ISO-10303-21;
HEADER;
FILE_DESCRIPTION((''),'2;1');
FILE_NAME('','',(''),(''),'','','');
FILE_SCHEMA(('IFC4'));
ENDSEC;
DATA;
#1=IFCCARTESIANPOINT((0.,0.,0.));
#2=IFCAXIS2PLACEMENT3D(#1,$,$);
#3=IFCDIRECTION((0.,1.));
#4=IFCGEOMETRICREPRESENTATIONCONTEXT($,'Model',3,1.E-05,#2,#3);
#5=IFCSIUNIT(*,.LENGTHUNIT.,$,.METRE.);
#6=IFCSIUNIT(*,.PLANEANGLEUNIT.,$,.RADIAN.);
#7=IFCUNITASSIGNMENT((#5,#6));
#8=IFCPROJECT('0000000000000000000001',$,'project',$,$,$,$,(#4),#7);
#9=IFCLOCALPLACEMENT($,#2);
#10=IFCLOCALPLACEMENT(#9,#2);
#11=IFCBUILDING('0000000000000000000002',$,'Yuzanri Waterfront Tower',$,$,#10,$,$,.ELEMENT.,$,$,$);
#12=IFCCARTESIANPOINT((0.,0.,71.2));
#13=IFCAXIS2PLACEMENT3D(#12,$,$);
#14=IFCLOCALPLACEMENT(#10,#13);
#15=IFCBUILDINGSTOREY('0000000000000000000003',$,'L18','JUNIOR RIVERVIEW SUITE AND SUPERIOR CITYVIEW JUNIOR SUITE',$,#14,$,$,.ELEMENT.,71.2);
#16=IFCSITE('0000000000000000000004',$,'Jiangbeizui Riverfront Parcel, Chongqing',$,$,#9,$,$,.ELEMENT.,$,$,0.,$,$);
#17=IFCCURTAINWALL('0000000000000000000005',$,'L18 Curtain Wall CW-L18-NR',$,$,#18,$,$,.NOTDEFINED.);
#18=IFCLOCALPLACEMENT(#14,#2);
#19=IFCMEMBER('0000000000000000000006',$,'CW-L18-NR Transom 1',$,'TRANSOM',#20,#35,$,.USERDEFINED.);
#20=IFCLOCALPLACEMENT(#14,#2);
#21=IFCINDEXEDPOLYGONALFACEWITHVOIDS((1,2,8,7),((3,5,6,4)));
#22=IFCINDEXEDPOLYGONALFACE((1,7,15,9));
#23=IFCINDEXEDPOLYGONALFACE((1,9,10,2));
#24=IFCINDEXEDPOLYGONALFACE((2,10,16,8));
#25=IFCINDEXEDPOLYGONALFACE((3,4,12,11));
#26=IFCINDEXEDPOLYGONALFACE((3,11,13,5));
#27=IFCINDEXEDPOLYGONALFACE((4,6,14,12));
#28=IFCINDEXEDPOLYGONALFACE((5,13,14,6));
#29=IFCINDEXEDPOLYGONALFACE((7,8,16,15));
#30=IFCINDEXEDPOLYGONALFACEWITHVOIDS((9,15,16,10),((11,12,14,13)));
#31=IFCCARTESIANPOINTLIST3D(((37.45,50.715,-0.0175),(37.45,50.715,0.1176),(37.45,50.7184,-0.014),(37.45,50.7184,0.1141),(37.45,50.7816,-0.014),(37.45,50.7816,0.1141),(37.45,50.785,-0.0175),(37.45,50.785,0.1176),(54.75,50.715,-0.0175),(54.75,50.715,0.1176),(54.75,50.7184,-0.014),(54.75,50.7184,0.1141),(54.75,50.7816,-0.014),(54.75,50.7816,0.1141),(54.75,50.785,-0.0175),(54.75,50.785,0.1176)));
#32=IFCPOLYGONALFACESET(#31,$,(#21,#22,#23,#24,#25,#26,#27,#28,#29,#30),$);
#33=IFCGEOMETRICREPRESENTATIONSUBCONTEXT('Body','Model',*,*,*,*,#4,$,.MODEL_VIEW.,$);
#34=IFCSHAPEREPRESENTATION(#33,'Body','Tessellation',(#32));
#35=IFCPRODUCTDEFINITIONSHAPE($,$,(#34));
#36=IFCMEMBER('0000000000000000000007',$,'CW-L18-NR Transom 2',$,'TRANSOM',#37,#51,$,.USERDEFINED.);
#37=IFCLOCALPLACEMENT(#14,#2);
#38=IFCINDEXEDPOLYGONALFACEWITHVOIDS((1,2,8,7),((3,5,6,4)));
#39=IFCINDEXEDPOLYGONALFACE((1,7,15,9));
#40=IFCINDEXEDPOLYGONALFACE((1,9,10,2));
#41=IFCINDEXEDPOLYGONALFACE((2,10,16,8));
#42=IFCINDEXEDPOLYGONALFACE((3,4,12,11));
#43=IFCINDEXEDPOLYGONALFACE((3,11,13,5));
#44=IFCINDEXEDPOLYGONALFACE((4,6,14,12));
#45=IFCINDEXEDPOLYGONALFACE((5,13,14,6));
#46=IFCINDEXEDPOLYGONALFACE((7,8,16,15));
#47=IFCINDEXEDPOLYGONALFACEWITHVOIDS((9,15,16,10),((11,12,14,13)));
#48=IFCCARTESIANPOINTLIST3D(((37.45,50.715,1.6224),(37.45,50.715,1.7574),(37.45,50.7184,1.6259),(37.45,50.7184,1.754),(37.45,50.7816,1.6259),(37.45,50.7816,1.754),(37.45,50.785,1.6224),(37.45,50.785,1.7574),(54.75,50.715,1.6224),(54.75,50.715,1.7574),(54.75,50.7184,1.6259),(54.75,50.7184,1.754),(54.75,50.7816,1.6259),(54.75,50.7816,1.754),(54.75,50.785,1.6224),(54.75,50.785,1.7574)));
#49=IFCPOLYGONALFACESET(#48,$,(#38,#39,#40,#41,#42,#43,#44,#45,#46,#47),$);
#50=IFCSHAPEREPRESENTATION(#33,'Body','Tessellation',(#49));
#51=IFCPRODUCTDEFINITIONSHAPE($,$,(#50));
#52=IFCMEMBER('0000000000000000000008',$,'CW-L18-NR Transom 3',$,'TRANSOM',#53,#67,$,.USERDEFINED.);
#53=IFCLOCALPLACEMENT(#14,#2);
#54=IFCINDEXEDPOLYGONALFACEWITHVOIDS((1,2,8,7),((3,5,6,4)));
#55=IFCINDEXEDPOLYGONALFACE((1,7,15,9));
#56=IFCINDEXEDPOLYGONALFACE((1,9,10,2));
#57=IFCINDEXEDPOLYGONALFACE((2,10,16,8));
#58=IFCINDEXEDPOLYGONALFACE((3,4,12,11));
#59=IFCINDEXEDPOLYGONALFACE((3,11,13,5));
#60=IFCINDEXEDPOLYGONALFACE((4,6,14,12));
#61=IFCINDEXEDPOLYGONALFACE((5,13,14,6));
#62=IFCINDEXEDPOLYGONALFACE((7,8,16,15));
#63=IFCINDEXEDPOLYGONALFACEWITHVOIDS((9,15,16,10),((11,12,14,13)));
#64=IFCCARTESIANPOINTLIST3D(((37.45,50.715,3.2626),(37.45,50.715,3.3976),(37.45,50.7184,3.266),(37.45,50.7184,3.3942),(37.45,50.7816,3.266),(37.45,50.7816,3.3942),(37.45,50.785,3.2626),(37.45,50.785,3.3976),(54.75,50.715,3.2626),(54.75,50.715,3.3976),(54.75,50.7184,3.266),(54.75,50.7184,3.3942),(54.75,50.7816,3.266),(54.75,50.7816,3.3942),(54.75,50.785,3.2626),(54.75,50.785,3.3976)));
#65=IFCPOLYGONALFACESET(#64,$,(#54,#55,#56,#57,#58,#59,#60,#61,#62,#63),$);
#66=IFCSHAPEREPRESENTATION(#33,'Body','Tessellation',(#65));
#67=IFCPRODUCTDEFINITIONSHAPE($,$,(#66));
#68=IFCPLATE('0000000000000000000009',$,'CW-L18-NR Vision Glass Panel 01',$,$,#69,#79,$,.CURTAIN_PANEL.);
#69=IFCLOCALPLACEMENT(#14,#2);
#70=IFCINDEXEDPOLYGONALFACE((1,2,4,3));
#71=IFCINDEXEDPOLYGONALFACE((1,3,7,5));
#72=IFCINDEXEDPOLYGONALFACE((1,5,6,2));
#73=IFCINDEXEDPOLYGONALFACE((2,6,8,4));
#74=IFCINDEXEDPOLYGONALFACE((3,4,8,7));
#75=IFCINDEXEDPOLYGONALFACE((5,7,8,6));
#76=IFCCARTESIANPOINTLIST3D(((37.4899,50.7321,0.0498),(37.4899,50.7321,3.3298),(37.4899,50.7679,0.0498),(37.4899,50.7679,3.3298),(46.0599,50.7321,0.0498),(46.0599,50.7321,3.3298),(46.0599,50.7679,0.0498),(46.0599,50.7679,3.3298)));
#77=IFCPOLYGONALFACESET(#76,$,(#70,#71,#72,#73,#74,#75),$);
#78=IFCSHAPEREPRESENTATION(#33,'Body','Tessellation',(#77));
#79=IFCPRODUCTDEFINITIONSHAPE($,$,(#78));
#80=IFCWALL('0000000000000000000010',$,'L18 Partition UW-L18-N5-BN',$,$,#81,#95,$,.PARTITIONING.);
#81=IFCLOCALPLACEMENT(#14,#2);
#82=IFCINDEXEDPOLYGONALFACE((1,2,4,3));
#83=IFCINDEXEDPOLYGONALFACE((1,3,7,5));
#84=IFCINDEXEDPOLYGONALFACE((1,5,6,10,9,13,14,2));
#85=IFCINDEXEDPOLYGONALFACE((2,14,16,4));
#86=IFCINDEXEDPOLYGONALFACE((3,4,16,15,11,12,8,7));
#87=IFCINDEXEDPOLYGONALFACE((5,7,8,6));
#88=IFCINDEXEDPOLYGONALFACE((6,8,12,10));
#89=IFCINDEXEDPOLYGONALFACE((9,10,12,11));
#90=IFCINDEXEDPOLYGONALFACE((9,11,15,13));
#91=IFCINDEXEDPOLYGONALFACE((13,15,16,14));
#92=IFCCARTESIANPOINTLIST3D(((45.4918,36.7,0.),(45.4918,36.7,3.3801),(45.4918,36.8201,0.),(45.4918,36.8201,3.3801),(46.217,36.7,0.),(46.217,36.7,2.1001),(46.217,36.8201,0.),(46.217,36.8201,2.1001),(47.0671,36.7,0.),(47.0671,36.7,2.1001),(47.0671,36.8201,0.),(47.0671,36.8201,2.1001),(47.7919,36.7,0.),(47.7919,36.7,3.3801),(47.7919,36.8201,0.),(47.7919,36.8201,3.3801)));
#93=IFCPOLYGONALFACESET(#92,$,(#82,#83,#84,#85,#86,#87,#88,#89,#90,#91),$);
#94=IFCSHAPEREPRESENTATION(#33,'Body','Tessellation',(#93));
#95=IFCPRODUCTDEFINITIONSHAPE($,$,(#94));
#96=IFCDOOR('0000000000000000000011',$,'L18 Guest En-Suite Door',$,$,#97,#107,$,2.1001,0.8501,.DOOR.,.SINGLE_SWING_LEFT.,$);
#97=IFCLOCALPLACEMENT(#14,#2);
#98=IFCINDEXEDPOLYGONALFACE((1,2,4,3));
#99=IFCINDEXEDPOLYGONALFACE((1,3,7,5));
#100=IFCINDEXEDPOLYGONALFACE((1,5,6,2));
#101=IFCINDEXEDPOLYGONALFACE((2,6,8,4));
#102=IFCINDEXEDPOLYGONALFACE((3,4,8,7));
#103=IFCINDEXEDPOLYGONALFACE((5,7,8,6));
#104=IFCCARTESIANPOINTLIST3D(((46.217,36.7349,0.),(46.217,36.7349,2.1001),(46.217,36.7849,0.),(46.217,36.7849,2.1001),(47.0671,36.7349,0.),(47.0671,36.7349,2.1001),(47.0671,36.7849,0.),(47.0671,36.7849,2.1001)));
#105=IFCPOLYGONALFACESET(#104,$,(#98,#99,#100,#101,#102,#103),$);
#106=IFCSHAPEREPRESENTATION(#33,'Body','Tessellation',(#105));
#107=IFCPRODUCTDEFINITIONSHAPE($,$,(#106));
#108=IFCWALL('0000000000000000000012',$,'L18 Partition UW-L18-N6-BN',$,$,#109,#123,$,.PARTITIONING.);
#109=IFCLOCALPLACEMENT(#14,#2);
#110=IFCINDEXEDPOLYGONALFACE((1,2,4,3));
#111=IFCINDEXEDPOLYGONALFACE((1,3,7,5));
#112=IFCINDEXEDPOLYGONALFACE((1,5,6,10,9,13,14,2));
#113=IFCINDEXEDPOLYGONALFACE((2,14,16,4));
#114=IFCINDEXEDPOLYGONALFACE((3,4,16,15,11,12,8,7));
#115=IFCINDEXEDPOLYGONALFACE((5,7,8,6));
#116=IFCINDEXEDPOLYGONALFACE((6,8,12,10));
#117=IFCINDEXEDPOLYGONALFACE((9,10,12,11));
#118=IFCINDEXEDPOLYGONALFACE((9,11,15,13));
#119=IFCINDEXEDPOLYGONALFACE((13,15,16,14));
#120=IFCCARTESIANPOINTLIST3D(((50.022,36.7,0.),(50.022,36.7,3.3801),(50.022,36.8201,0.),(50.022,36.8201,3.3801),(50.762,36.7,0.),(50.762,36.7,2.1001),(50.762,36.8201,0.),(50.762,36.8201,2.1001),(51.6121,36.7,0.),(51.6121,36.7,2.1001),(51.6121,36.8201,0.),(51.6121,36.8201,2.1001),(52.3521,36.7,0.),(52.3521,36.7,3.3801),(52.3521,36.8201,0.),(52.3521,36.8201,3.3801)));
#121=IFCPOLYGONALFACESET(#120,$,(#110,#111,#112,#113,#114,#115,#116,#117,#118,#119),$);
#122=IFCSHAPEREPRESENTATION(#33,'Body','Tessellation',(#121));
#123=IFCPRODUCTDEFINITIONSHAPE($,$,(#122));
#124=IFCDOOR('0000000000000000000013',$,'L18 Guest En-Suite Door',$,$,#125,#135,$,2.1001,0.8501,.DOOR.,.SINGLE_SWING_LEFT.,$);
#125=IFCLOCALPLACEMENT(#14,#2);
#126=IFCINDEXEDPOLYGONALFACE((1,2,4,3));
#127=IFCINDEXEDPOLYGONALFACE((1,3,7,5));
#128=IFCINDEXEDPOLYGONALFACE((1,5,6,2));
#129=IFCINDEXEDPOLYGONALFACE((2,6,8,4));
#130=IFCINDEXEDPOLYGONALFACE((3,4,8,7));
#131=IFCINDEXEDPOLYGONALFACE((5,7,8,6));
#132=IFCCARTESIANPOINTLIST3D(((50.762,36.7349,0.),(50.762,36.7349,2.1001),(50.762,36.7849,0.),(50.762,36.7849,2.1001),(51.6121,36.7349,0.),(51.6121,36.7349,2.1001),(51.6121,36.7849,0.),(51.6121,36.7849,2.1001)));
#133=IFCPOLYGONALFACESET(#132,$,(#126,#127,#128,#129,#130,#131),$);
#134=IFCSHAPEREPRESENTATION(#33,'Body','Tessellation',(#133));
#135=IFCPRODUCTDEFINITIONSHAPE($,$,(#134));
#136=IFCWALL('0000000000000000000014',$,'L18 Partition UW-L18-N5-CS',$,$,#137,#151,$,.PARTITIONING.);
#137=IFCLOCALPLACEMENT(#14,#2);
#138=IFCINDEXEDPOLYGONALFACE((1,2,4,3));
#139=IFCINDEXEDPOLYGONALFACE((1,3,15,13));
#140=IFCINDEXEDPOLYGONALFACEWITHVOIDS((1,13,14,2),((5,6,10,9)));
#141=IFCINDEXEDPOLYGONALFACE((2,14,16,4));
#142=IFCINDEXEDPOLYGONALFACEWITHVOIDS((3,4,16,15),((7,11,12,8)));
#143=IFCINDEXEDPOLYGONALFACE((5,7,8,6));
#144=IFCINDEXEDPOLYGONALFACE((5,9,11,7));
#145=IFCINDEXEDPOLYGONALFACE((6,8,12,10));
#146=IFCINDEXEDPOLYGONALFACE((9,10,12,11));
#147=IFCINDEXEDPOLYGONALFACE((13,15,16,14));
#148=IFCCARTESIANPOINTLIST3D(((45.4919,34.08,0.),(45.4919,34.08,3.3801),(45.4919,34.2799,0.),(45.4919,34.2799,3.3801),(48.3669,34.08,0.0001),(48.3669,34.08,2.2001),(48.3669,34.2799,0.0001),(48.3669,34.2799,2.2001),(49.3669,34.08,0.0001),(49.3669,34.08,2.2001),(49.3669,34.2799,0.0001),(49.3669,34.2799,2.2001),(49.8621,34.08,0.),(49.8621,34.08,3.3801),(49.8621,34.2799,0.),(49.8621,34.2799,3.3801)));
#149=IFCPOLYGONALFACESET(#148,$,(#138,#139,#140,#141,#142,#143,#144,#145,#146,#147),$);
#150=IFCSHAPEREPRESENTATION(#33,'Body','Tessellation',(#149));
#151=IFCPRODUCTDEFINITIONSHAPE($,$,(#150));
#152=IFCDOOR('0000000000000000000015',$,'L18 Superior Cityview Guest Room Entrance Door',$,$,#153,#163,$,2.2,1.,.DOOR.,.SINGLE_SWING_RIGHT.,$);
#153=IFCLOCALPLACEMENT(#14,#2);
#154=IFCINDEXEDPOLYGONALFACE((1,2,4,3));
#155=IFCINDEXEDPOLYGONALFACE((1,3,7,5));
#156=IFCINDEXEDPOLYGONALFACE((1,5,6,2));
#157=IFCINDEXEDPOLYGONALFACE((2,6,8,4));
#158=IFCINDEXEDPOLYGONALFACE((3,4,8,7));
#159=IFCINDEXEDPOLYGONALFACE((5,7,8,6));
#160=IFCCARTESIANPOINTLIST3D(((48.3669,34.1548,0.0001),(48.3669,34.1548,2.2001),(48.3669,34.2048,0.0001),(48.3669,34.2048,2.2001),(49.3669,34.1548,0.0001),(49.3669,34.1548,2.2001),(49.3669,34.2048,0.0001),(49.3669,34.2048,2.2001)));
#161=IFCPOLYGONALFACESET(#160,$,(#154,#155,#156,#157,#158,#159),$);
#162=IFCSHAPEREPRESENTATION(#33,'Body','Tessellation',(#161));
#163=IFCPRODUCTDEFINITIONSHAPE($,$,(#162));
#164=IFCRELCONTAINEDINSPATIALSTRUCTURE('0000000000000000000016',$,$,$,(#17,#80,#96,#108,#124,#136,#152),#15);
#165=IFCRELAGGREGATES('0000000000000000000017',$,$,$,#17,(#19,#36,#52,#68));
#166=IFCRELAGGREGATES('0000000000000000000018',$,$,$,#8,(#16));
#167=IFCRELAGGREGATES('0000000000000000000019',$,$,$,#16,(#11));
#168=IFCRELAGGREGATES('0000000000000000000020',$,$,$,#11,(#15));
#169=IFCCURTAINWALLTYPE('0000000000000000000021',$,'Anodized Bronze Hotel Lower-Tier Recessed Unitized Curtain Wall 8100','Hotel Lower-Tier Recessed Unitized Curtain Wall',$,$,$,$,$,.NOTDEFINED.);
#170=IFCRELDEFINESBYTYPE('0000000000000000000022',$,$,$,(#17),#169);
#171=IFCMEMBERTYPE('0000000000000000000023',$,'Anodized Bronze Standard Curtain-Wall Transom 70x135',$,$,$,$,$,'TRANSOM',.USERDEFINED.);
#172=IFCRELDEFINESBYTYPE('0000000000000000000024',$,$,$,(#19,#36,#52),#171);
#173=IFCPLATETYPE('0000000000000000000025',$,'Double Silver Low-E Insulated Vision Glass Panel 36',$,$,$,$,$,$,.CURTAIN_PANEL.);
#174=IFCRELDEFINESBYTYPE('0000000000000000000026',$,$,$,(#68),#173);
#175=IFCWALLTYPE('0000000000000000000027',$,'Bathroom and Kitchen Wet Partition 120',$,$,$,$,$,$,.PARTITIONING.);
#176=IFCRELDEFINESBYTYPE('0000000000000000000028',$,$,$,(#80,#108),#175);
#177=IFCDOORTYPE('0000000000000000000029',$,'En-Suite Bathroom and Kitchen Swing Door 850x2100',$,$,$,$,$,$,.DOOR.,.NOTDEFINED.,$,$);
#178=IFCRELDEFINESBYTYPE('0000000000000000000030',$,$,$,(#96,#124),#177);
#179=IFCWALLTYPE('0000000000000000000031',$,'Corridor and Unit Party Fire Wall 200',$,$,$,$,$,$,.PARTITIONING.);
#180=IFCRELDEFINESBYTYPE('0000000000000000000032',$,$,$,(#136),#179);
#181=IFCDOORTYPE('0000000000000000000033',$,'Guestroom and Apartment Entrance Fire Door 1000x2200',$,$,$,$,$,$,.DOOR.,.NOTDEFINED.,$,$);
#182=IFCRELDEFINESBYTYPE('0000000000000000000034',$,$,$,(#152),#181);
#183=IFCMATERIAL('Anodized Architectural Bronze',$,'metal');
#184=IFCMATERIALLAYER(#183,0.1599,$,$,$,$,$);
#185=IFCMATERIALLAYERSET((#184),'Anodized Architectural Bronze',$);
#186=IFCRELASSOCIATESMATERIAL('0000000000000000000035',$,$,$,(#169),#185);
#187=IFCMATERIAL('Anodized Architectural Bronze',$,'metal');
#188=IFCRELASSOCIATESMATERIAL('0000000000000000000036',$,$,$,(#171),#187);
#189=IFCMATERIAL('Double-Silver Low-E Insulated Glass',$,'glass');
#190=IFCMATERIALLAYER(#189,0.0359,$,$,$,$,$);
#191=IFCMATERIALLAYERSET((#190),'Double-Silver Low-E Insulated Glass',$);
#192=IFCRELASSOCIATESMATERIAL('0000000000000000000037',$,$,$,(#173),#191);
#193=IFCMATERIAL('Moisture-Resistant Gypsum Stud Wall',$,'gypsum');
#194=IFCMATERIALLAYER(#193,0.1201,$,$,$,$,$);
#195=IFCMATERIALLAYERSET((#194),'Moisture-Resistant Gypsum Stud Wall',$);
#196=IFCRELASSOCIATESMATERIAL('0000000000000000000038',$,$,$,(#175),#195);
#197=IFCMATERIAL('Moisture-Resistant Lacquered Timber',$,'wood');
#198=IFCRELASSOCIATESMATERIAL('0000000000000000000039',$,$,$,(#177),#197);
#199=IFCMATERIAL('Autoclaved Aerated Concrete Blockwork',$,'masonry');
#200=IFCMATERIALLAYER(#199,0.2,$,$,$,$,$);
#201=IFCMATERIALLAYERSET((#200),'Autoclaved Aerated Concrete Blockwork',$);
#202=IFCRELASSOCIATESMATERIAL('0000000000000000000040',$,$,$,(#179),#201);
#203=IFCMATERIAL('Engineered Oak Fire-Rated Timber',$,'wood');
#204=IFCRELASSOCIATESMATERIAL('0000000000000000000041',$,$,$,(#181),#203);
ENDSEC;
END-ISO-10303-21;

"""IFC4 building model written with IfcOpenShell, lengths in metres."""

from ifc_helpers import new_model, si_unit, direction, frame, frame_2d, origin, origin_2d, place, context, subcontext, project, spatial, rectangle, hollow_rectangle, extrude, source, transform, mapped, material, layer, layer_set, material_profile, profile_set, type_object, element, fill, aggregate, save


model = new_model("IFC4")

# Units and contexts
model_context = context("Model", 3, precision=1e-05, world=origin(), true_north=direction((0.0, 1.0)))
body_context = subcontext(model_context, "Body", "Model", "MODEL_VIEW")
ifc_project = project(units=[si_unit("LENGTHUNIT", "METRE"), si_unit("PLANEANGLEUNIT", "RADIAN")], contexts=[model_context])

# Site, building, storey
site_placement = place(None, origin())
site = spatial("IfcSite", under=ifc_project, at=site_placement, Name="Jiangbeizui Riverfront Parcel, Chongqing", CompositionType="ELEMENT", RefElevation=0.0)
building_placement = place(site_placement, origin())
building = spatial("IfcBuilding", under=site, at=building_placement, Name="Yuzanri Waterfront Tower", CompositionType="ELEMENT")
storey_placement = place(building_placement, frame((0.0, 0.0, 71.2)))
storey = spatial("IfcBuildingStorey", under=building, at=storey_placement, Name="L18", Description="JUNIOR RIVERVIEW SUITE AND SUPERIOR CITYVIEW JUNIOR SUITE", CompositionType="ELEMENT", Elevation=71.2)

# Shared definitions
ifc_material_1 = material(Name="Anodized Architectural Bronze", Category="metal")
ifc_layer_1 = layer(ifc_material_1, 0.1599)
ifc_layer_set_1 = layer_set([ifc_layer_1], Name="Anodized Architectural Bronze")
curtain_wall_type = type_object("IfcCurtainWallType", Name="Anodized Bronze Hotel Lower-Tier Recessed Unitized Curtain Wall 8100", Description="Hotel Lower-Tier Recessed Unitized Curtain Wall", PredefinedType="NOTDEFINED", material=ifc_layer_set_1)

# Curtain wall, members, plate
curtain_wall_1_placement = place(storey_placement, origin())
curtain_wall_1 = element("IfcCurtainWall", 1, at=curtain_wall_1_placement, inside=storey, type_object=curtain_wall_type, Name="L18 Curtain Wall CW-L18-NR", PredefinedType="NOTDEFINED")
ifc_material_2 = material(Name="Anodized Architectural Bronze", Category="metal")
ifc_material_profile_1 = material_profile(ifc_material_2, hollow_rectangle(XDim=0.0701, YDim=0.135, WallThickness=0.0034, at=origin_2d()), Name="CWT 70x135")
ifc_profile_set_1 = profile_set([ifc_material_profile_1], Name="Anodized Architectural Bronze")
member_type_1 = type_object("IfcMemberType", Name="Anodized Bronze Standard Curtain-Wall Transom 70x135", ElementType="TRANSOM", PredefinedType="USERDEFINED", material=ifc_profile_set_1)
shared_shape_1 = source(origin(), body_context, "Body", "SweptSolid", [
    extrude(hollow_rectangle(XDim=0.0701, YDim=0.135, WallThickness=0.0034, at=origin_2d()), origin(), (0.0, 0.0, 1.0), 17.3),
])
member_1_placement = place(storey_placement, frame((37.45, 50.75, 0.05), z_axis=(1.0, 0.0, 0.0), x_axis=(0.0, 1.0, 0.0)))
member_1 = element("IfcMember", 2, at=member_1_placement, type_object=member_type_1, Name="CW-L18-NR Transom 1", ObjectType="TRANSOM", PredefinedType="USERDEFINED", context=body_context, shape_type="MappedRepresentation", body=[
    mapped(shared_shape_1, transform((0.0, 0.0, 0.0), scale=1.0)),
])
member_2_placement = place(storey_placement, frame((37.45, 50.75, 1.6899), z_axis=(1.0, 0.0, 0.0), x_axis=(0.0, 1.0, 0.0)))
member_2 = element("IfcMember", 3, at=member_2_placement, type_object=member_type_1, Name="CW-L18-NR Transom 2", ObjectType="TRANSOM", PredefinedType="USERDEFINED", context=body_context, shape_type="MappedRepresentation", body=[
    mapped(shared_shape_1, transform((0.0, 0.0, 0.0), scale=1.0)),
])
member_3_placement = place(storey_placement, frame((37.45, 50.75, 3.3301), z_axis=(1.0, 0.0, 0.0), x_axis=(0.0, 1.0, 0.0)))
member_3 = element("IfcMember", 4, at=member_3_placement, type_object=member_type_1, Name="CW-L18-NR Transom 3", ObjectType="TRANSOM", PredefinedType="USERDEFINED", context=body_context, shape_type="MappedRepresentation", body=[
    mapped(shared_shape_1, transform((0.0, 0.0, 0.0), scale=1.0)),
])
ifc_material_3 = material(Name="Double-Silver Low-E Insulated Glass", Category="glass")
ifc_layer_2 = layer(ifc_material_3, 0.0359)
ifc_layer_set_2 = layer_set([ifc_layer_2], Name="Double-Silver Low-E Insulated Glass")
plate_type = type_object("IfcPlateType", Name="Double Silver Low-E Insulated Vision Glass Panel 36", PredefinedType="CURTAIN_PANEL", material=ifc_layer_set_2)
shared_shape_2 = source(origin(), body_context, "Body", "SweptSolid", [
    extrude(rectangle(XDim=8.5701, YDim=0.0359, at=origin_2d()), origin(), (0.0, 0.0, 1.0), 3.28),
])
plate_placement = place(storey_placement, frame((41.7749, 50.75, 0.0498), z_axis=(0.0, 0.0, 1.0), x_axis=(1.0, 0.0, 0.0)))
plate = element("IfcPlate", 5, at=plate_placement, type_object=plate_type, Name="CW-L18-NR Vision Glass Panel 01", PredefinedType="CURTAIN_PANEL", context=body_context, shape_type="MappedRepresentation", body=[
    mapped(shared_shape_2, transform((0.0, 0.0, 0.0), scale=1.0)),
])
aggregate(curtain_wall_1, [member_1, member_2, member_3, plate])

# Walls, openings, doors
ifc_material_4 = material(Name="Moisture-Resistant Gypsum Stud Wall", Category="gypsum")
ifc_layer_3 = layer(ifc_material_4, 0.1201)
ifc_layer_set_3 = layer_set([ifc_layer_3], Name="Moisture-Resistant Gypsum Stud Wall")
wall_type_1 = type_object("IfcWallType", Name="Bathroom and Kitchen Wet Partition 120", PredefinedType="PARTITIONING", material=ifc_layer_set_3)
wall_1_placement = place(storey_placement, frame((45.4919, 36.76, 0.0), z_axis=(0.0, 0.0, 1.0), x_axis=(1.0, 0.0, 0.0)))
wall_1 = element("IfcWall", 6, at=wall_1_placement, inside=storey, type_object=wall_type_1, Name="L18 Partition UW-L18-N5-BN", PredefinedType="PARTITIONING", context=body_context, shape_type="SweptSolid", body=[
    extrude(rectangle(XDim=2.3, YDim=0.1201, at=frame_2d((1.1499, 0.0))), origin(), (0.0, 0.0, 1.0), 3.3801),
])
opening_1_placement = place(wall_1_placement, frame((0.7251, 0.0, 0.0)))
opening_1 = element("IfcOpeningElement", 7, at=opening_1_placement, cuts=wall_1, PredefinedType="OPENING", context=body_context, shape_type="SweptSolid", body=[
    extrude(rectangle(XDim=0.8501, YDim=2.1001, at=frame_2d((0.425, 1.05))), frame((0.0, 0.075, 0.0), z_axis=(0.0, -1.0, 0.0), x_axis=(1.0, 0.0, 0.0)), (0.0, 0.0, 1.0), 0.1499),
])
ifc_material_5 = material(Name="Moisture-Resistant Lacquered Timber", Category="wood")
door_type_1 = type_object("IfcDoorType", Name="En-Suite Bathroom and Kitchen Swing Door 850x2100", OperationType="NOTDEFINED", PredefinedType="DOOR", material=ifc_material_5)
shared_shape_3 = source(origin(), body_context, "Body", "SweptSolid", [
    extrude(rectangle(XDim=0.8501, YDim=2.1001, at=frame_2d((0.425, 1.05))), frame((0.0, 0.0249, 0.0), z_axis=(0.0, -1.0, 0.0), x_axis=(1.0, 0.0, 0.0)), (0.0, 0.0, 1.0), 0.05),
])
door_1_placement = place(opening_1_placement, origin())
door_1 = element("IfcDoor", 8, at=door_1_placement, inside=storey, type_object=door_type_1, Name="L18 Guest En-Suite Door", OperationType="SINGLE_SWING_LEFT", OverallHeight=2.1001, OverallWidth=0.8501, PredefinedType="DOOR", context=body_context, shape_type="MappedRepresentation", body=[
    mapped(shared_shape_3, transform((0.0, 0.0, 0.0), scale=1.0)),
])
fill(opening_1, door_1)
wall_2_placement = place(storey_placement, frame((50.022, 36.76, 0.0), z_axis=(0.0, 0.0, 1.0), x_axis=(1.0, 0.0, 0.0)))
wall_2 = element("IfcWall", 9, at=wall_2_placement, inside=storey, type_object=wall_type_1, Name="L18 Partition UW-L18-N6-BN", PredefinedType="PARTITIONING", context=body_context, shape_type="SweptSolid", body=[
    extrude(rectangle(XDim=2.3301, YDim=0.1201, at=frame_2d((1.165, 0.0))), origin(), (0.0, 0.0, 1.0), 3.3801),
])
opening_2_placement = place(wall_2_placement, frame((0.74, 0.0, 0.0)))
opening_2 = element("IfcOpeningElement", 10, at=opening_2_placement, cuts=wall_2, PredefinedType="OPENING", context=body_context, shape_type="SweptSolid", body=[
    extrude(rectangle(XDim=0.8501, YDim=2.1001, at=frame_2d((0.425, 1.05))), frame((0.0, 0.075, 0.0), z_axis=(0.0, -1.0, 0.0), x_axis=(1.0, 0.0, 0.0)), (0.0, 0.0, 1.0), 0.1499),
])
door_2_placement = place(opening_2_placement, origin())
door_2 = element("IfcDoor", 11, at=door_2_placement, inside=storey, type_object=door_type_1, Name="L18 Guest En-Suite Door", OperationType="SINGLE_SWING_LEFT", OverallHeight=2.1001, OverallWidth=0.8501, PredefinedType="DOOR", context=body_context, shape_type="MappedRepresentation", body=[
    mapped(shared_shape_3, transform((0.0, 0.0, 0.0), scale=1.0)),
])
fill(opening_2, door_2)
ifc_material_6 = material(Name="Autoclaved Aerated Concrete Blockwork", Category="masonry")
ifc_layer_4 = layer(ifc_material_6, 0.2)
ifc_layer_set_4 = layer_set([ifc_layer_4], Name="Autoclaved Aerated Concrete Blockwork")
wall_type_2 = type_object("IfcWallType", Name="Corridor and Unit Party Fire Wall 200", PredefinedType="PARTITIONING", material=ifc_layer_set_4)
wall_3_placement = place(storey_placement, frame((45.4919, 34.1799, 0.0), z_axis=(0.0, 0.0, 1.0), x_axis=(1.0, 0.0, 0.0)))
wall_3 = element("IfcWall", 12, at=wall_3_placement, inside=storey, type_object=wall_type_2, Name="L18 Partition UW-L18-N5-CS", PredefinedType="PARTITIONING", context=body_context, shape_type="SweptSolid", body=[
    extrude(rectangle(XDim=4.3701, YDim=0.2, at=frame_2d((2.1851, 0.0))), origin(), (0.0, 0.0, 1.0), 3.3801),
])
opening_3_placement = place(wall_3_placement, frame((2.875, 0.0, 0.0)))
opening_3 = element("IfcOpeningElement", 13, at=opening_3_placement, cuts=wall_3, PredefinedType="OPENING", context=body_context, shape_type="SweptSolid", body=[
    extrude(rectangle(XDim=1.0, YDim=2.2, at=frame_2d((0.5, 1.1001))), frame((0.0, 0.1147, 0.0), z_axis=(0.0, -1.0, 0.0), x_axis=(1.0, 0.0, 0.0)), (0.0, 0.0, 1.0), 0.2297),
])
ifc_material_7 = material(Name="Engineered Oak Fire-Rated Timber", Category="wood")
door_type_2 = type_object("IfcDoorType", Name="Guestroom and Apartment Entrance Fire Door 1000x2200", OperationType="NOTDEFINED", PredefinedType="DOOR", material=ifc_material_7)
shared_shape_4 = source(origin(), body_context, "Body", "SweptSolid", [
    extrude(rectangle(XDim=1.0, YDim=2.2, at=frame_2d((0.5, 1.1001))), frame((0.0, 0.0249, 0.0), z_axis=(0.0, -1.0, 0.0), x_axis=(1.0, 0.0, 0.0)), (0.0, 0.0, 1.0), 0.05),
])
door_3_placement = place(opening_3_placement, origin())
door_3 = element("IfcDoor", 14, at=door_3_placement, inside=storey, type_object=door_type_2, Name="L18 Superior Cityview Guest Room Entrance Door", OperationType="SINGLE_SWING_RIGHT", OverallHeight=2.2, OverallWidth=1.0, PredefinedType="DOOR", context=body_context, shape_type="MappedRepresentation", body=[
    mapped(shared_shape_4, transform((0.0, 0.0, 0.0), scale=1.0)),
])
fill(opening_3, door_3)

save(model, "model.ifc")
